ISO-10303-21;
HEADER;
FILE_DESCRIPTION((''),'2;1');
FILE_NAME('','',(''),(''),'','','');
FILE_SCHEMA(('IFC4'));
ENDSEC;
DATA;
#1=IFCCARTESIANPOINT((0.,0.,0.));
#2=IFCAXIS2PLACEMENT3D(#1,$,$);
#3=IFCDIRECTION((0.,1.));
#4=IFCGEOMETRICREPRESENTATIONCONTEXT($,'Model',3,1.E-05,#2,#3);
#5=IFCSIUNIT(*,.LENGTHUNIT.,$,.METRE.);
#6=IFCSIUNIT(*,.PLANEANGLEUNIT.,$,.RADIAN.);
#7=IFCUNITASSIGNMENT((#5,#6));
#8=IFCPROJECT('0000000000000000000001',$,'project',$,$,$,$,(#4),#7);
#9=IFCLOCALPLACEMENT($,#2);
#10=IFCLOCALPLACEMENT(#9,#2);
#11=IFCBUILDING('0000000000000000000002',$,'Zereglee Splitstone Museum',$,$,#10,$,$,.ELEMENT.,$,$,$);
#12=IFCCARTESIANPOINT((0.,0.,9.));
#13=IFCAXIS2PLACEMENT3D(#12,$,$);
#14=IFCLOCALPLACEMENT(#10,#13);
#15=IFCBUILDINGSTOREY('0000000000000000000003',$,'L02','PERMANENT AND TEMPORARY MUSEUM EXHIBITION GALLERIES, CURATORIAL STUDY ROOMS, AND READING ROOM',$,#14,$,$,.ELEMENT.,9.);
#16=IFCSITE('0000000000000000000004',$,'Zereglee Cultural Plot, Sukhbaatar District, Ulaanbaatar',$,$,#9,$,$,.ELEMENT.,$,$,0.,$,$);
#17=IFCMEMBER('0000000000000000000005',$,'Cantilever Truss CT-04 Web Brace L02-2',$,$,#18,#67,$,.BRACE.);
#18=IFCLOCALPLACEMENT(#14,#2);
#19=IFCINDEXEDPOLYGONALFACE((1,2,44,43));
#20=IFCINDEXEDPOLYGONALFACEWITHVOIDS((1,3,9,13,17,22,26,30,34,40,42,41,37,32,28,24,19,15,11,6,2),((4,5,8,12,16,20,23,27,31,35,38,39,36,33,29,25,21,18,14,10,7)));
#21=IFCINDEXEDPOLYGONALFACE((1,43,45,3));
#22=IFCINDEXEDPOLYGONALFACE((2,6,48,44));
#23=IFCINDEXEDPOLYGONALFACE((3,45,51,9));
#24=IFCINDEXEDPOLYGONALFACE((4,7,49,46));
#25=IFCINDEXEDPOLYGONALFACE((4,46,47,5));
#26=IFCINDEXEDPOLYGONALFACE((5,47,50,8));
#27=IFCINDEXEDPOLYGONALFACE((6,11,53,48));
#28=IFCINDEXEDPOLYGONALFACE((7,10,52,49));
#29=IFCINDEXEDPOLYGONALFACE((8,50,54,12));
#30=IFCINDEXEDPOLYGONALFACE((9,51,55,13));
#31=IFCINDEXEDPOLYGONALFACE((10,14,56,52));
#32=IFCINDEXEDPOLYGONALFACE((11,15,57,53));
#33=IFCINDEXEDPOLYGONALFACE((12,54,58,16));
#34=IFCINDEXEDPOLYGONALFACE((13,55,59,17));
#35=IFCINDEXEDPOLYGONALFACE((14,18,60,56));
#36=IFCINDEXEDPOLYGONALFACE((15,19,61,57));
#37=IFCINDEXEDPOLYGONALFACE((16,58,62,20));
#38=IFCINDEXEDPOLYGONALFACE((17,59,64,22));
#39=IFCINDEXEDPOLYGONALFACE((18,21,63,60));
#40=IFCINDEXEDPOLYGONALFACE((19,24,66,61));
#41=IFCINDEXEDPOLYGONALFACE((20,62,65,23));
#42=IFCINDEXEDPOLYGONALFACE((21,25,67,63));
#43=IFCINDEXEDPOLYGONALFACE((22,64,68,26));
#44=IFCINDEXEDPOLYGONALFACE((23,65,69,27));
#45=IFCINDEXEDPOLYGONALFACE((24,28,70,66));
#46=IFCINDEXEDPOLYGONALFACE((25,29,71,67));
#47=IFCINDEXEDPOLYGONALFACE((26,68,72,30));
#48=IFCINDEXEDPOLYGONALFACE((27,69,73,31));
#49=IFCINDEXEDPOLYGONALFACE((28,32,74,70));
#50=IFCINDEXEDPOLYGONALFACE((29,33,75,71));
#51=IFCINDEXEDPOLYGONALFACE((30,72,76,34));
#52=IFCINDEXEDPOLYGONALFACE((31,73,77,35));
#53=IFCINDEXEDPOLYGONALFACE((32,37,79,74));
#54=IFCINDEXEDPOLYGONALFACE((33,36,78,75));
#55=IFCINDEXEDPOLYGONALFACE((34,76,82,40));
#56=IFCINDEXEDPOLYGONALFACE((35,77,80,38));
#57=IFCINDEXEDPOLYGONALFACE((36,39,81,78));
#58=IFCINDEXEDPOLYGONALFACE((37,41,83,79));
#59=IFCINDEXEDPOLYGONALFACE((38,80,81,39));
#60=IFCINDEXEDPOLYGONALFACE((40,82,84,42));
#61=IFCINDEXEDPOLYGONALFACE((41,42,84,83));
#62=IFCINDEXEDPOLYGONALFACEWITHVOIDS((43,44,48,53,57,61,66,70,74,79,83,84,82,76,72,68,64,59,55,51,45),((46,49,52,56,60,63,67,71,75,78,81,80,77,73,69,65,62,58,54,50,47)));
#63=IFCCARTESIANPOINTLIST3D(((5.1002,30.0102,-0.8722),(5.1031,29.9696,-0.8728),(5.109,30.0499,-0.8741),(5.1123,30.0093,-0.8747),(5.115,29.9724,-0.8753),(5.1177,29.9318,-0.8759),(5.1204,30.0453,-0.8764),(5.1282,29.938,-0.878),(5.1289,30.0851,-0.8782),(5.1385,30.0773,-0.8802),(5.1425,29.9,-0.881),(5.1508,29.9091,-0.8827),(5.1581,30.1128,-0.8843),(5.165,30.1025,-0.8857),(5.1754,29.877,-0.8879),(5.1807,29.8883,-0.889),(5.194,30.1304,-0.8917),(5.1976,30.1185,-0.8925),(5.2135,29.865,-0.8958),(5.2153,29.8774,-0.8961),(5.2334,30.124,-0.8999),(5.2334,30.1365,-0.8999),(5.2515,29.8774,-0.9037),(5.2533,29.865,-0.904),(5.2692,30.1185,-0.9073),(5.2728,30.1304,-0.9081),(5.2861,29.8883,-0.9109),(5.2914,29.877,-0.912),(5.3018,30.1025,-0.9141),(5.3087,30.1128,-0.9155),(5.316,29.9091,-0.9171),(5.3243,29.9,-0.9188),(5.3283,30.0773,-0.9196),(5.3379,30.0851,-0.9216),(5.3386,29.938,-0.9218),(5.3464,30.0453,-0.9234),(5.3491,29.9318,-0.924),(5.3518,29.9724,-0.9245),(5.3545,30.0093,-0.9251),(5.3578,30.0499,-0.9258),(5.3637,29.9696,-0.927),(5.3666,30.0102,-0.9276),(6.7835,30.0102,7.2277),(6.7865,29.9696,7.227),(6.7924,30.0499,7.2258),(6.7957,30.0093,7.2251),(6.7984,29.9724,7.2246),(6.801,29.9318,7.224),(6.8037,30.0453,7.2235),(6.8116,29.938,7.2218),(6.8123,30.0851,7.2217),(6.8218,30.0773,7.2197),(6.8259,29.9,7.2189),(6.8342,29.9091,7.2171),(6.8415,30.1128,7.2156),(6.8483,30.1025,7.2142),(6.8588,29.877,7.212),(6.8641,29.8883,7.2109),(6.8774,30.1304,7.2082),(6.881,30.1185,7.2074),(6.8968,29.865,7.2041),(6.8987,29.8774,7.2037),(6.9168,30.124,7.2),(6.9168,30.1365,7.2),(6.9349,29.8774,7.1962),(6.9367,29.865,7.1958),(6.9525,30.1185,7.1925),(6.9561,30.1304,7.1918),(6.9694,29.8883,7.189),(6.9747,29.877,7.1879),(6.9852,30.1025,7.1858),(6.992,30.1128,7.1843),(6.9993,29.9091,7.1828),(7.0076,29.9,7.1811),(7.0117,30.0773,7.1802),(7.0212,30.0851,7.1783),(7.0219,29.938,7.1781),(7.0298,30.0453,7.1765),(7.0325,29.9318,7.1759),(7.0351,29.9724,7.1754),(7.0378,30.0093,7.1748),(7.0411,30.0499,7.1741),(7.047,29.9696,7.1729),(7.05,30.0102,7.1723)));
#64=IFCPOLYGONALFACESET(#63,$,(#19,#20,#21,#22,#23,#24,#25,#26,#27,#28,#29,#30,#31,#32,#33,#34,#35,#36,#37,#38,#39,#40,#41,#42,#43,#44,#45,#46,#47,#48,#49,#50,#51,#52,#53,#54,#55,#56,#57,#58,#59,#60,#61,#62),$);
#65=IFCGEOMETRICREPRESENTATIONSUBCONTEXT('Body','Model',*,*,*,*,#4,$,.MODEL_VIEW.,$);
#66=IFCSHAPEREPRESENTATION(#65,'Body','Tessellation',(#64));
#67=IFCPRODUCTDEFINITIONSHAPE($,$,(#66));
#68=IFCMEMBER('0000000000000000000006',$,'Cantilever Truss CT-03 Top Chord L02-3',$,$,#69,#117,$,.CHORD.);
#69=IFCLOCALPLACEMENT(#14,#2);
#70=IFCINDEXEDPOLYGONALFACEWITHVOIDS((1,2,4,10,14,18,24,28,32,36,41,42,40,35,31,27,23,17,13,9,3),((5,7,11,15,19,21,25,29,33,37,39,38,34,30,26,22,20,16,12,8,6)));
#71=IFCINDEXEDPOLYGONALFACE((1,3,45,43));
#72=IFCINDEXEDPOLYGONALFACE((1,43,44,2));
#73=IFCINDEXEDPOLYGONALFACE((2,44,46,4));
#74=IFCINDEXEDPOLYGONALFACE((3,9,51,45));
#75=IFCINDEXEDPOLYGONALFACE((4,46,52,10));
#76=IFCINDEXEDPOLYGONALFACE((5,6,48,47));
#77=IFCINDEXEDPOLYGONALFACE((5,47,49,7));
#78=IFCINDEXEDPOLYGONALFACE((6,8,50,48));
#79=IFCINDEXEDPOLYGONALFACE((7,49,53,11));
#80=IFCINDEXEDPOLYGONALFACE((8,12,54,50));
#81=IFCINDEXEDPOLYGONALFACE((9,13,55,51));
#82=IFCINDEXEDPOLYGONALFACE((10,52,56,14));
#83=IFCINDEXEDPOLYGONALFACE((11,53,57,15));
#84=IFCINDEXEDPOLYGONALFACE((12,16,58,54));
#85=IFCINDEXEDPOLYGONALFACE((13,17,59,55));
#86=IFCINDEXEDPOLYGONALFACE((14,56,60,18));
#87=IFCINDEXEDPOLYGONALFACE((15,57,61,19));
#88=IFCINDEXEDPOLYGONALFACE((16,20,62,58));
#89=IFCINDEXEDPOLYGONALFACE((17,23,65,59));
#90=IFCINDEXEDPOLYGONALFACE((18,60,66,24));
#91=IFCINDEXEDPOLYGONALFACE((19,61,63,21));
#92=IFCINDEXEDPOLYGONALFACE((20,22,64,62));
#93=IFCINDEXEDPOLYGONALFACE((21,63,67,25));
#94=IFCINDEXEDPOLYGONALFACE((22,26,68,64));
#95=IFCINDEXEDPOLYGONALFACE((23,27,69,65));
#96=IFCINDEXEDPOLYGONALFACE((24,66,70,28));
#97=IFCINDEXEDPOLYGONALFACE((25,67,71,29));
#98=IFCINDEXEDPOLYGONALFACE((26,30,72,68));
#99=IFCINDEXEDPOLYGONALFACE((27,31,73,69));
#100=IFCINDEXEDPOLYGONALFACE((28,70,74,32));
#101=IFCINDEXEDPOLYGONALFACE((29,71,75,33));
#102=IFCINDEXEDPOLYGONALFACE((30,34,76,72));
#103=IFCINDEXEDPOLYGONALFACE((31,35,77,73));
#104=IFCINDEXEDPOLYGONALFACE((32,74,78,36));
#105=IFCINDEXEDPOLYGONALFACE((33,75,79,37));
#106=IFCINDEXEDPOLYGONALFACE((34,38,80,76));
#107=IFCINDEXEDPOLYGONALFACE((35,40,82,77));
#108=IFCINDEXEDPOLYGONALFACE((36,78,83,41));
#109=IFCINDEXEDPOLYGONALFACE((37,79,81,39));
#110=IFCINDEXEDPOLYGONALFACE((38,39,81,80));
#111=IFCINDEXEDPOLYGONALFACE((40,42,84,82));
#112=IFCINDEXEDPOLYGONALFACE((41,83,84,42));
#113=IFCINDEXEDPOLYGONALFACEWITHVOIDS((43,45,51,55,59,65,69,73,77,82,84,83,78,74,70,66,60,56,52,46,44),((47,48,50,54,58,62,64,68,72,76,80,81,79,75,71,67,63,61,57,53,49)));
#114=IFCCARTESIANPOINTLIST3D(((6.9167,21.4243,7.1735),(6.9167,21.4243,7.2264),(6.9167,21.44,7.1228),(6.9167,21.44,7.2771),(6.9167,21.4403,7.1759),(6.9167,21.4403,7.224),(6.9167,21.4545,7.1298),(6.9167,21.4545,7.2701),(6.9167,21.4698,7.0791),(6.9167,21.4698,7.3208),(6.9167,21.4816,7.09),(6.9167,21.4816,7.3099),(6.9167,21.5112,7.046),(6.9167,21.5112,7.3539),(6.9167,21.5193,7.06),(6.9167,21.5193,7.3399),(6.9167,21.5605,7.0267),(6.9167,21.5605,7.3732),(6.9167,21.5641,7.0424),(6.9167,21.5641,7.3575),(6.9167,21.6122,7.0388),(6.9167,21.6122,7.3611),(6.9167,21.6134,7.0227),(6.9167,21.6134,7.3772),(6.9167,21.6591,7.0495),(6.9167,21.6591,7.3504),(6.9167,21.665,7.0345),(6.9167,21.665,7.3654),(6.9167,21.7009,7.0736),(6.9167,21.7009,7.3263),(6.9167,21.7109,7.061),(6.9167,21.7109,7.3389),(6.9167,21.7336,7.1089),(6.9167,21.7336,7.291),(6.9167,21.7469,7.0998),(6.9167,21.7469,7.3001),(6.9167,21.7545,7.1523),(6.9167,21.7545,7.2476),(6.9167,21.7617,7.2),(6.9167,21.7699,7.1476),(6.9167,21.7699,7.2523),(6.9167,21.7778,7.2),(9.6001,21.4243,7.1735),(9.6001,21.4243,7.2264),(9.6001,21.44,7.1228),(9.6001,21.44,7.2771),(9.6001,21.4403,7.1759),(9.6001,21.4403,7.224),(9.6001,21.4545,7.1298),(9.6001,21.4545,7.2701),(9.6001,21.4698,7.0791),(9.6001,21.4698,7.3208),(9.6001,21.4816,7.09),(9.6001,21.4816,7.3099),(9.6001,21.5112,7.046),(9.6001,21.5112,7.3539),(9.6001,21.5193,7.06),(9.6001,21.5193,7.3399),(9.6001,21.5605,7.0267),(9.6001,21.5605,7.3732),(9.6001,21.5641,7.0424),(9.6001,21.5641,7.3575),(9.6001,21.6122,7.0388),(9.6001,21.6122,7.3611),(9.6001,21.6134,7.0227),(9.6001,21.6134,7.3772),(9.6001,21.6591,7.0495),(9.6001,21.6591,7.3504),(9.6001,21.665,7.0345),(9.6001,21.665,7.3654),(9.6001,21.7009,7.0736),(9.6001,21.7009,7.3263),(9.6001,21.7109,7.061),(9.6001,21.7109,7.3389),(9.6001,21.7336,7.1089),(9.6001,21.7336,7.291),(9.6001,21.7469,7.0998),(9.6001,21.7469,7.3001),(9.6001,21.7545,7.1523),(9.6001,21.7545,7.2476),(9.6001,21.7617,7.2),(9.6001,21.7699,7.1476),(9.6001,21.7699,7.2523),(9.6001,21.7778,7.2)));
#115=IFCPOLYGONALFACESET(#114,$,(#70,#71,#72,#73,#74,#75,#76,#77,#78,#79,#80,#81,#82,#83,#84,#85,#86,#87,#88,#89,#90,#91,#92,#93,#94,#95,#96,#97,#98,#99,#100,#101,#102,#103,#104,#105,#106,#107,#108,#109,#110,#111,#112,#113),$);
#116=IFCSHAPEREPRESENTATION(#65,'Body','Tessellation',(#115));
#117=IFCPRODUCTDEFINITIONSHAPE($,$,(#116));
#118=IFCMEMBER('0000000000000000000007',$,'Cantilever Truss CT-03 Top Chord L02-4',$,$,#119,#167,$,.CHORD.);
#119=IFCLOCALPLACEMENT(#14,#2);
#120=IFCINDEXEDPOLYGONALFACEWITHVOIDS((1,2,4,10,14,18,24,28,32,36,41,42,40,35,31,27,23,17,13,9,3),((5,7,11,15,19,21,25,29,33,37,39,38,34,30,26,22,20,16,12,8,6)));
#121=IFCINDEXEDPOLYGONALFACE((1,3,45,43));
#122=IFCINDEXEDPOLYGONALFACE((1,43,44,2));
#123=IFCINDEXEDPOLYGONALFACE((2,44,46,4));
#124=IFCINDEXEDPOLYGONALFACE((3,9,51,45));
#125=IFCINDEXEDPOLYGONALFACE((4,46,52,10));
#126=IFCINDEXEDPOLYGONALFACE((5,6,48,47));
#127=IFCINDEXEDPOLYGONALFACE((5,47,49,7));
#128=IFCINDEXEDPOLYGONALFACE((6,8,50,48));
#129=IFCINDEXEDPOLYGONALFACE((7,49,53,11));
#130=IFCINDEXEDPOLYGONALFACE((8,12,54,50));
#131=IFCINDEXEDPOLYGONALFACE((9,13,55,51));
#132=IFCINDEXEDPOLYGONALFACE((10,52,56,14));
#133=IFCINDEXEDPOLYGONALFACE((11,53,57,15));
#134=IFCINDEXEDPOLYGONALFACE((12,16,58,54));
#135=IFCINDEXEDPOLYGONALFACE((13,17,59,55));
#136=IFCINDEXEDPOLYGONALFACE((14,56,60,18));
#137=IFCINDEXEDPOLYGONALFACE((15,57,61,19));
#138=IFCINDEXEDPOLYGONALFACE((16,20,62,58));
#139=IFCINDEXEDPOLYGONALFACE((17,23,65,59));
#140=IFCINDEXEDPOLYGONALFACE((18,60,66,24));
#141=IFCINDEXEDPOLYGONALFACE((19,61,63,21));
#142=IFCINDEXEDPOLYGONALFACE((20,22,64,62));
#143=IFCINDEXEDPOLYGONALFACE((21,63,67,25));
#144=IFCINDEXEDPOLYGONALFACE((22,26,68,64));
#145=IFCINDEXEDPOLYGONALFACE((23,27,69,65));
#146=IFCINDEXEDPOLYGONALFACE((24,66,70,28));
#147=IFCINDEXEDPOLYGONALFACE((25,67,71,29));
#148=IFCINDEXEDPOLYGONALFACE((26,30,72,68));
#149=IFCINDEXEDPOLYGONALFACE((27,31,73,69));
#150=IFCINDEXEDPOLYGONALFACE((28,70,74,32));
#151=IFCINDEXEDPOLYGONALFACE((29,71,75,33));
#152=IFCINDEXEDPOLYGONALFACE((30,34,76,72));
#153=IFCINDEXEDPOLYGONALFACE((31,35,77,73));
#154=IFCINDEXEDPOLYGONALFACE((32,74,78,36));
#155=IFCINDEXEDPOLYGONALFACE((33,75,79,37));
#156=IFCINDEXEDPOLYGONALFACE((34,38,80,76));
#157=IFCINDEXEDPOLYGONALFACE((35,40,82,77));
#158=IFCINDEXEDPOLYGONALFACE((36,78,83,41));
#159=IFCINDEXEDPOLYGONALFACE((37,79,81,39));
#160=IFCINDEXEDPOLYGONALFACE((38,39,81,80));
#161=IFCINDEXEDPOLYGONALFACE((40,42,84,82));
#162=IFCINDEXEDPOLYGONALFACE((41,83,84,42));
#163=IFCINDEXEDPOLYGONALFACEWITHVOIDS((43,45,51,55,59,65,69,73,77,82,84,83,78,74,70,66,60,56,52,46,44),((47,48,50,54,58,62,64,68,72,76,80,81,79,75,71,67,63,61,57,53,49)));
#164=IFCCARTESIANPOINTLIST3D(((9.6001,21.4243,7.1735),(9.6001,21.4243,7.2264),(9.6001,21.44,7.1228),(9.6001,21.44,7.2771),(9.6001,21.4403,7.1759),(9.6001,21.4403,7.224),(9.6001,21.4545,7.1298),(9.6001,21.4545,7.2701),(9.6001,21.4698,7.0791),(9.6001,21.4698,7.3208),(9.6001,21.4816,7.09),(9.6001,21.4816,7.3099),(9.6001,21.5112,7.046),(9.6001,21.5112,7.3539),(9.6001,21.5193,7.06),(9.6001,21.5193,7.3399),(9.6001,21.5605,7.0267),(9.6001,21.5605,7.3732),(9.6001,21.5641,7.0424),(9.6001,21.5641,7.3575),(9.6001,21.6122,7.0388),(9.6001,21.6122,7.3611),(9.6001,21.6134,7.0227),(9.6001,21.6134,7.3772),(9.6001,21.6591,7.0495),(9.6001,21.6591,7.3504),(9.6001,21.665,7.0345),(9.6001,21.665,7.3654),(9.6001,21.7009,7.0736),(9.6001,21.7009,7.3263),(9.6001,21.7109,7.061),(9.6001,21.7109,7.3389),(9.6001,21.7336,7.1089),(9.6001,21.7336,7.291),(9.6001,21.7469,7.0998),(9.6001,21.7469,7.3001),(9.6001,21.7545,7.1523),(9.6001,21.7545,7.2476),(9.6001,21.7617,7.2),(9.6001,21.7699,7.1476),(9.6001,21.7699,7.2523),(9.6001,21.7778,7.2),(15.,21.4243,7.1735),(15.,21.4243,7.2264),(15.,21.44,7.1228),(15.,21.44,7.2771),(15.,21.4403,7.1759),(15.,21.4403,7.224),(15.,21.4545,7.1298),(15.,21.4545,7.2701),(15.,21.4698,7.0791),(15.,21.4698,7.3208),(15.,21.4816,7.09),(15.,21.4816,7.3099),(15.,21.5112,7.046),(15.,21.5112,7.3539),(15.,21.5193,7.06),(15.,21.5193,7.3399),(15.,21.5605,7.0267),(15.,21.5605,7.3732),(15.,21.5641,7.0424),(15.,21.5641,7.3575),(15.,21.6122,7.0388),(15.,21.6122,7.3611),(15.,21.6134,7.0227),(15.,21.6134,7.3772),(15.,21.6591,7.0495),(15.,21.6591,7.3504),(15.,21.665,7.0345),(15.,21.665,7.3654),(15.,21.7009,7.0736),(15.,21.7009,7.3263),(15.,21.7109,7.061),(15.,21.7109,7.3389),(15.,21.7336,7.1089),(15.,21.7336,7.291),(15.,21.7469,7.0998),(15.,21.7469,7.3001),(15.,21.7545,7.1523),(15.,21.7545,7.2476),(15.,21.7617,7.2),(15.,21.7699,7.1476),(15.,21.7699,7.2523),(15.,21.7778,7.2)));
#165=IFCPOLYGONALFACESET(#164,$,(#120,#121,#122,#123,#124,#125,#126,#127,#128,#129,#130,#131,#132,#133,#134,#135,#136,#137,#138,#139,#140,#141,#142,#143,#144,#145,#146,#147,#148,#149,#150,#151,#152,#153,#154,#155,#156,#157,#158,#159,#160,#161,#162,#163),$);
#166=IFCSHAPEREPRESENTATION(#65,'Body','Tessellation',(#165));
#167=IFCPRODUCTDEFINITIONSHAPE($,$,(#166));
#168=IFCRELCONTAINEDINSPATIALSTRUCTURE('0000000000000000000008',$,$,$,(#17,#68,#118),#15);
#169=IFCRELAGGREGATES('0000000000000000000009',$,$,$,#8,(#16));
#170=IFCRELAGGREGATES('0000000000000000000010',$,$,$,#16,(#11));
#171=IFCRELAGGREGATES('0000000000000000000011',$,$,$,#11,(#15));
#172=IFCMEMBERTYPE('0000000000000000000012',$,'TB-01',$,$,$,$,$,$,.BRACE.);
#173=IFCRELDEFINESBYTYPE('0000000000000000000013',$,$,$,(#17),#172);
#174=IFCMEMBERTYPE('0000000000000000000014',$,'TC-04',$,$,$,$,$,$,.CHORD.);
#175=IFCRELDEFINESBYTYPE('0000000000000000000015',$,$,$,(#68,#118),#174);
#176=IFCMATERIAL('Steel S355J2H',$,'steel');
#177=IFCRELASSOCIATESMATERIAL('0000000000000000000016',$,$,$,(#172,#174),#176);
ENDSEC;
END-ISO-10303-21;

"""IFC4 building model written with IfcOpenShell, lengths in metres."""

from ifc_helpers import new_model, si_unit, direction, frame, origin, origin_2d, place, context, subcontext, project, spatial, hollow_circle, extrude, material, material_profile, profile_set, type_object, element, save


model = new_model("IFC4")

# Units and contexts
model_context = context("Model", 3, precision=1e-05, world=origin(), true_north=direction((0.0, 1.0)))
body_context = subcontext(model_context, "Body", "Model", "MODEL_VIEW")
ifc_project = project(units=[si_unit("LENGTHUNIT", "METRE"), si_unit("PLANEANGLEUNIT", "RADIAN")], contexts=[model_context])

# Site, building, storey
site_placement = place(None, origin())
site = spatial("IfcSite", under=ifc_project, at=site_placement, Name="Zereglee Cultural Plot, Sukhbaatar District, Ulaanbaatar", CompositionType="ELEMENT", RefElevation=0.0)
building_placement = place(site_placement, origin())
building = spatial("IfcBuilding", under=site, at=building_placement, Name="Zereglee Splitstone Museum", CompositionType="ELEMENT")
storey_placement = place(building_placement, frame((0.0, 0.0, 9.0)))
storey = spatial("IfcBuildingStorey", under=building, at=storey_placement, Name="L02", Description="PERMANENT AND TEMPORARY MUSEUM EXHIBITION GALLERIES, CURATORIAL STUDY ROOMS, AND READING ROOM", CompositionType="ELEMENT", Elevation=9.0)

# Members
ifc_material_1 = material(Name="Steel S355J2H", Category="steel")
ifc_material_profile_1 = material_profile(ifc_material_1, hollow_circle(Radius=0.1365, WallThickness=0.0125, at=origin_2d()), Name="CHS 273.0x12.5")
ifc_profile_set_1 = profile_set([ifc_material_profile_1], Name="Steel S355J2H")
member_type_1 = type_object("IfcMemberType", Name="TB-01", PredefinedType="BRACE", material=ifc_profile_set_1)
member_1_placement = place(storey_placement, frame((5.2334, 30.0, -0.8999), z_axis=(0.203477, 0.0, 0.97908), x_axis=(0.0, 1.0, 0.0)))
element("IfcMember", 1, at=member_1_placement, inside=storey, type_object=member_type_1, Name="Cantilever Truss CT-04 Web Brace L02-2", PredefinedType="BRACE", context=body_context, shape_type="SweptSolid", body=[
    extrude(hollow_circle(Radius=0.1365, WallThickness=0.0125, at=origin_2d()), origin(), (0.0, 0.0, 1.0), 8.2729),
])
ifc_material_profile_2 = material_profile(ifc_material_1, hollow_circle(Radius=0.1777, WallThickness=0.0161, at=origin_2d()), Name="CHS 355.6x16")
ifc_profile_set_2 = profile_set([ifc_material_profile_2], Name="Steel S355J2H")
member_type_2 = type_object("IfcMemberType", Name="TC-04", PredefinedType="CHORD", material=ifc_profile_set_2)
member_2_placement = place(storey_placement, frame((6.9167, 21.6001, 7.2), z_axis=(1.0, 0.0, 0.0), x_axis=(0.0, 1.0, 0.0)))
element("IfcMember", 2, at=member_2_placement, inside=storey, type_object=member_type_2, Name="Cantilever Truss CT-03 Top Chord L02-3", PredefinedType="CHORD", context=body_context, shape_type="SweptSolid", body=[
    extrude(hollow_circle(Radius=0.1777, WallThickness=0.0161, at=origin_2d()), origin(), (0.0, 0.0, 1.0), 2.6833),
])
for number, where, z_axis, x_axis, name in (
    (3, (9.6001, 21.6001, 7.2), (1.0, 0.0, 0.0), (0.0, 1.0, 0.0), "Cantilever Truss CT-03 Top Chord L02-4"),
):
    element("IfcMember", number, at=place(storey_placement, frame(where, z_axis=z_axis, x_axis=x_axis)), inside=storey, type_object=member_type_2, Name=name, PredefinedType="CHORD", context=body_context, shape_type="SweptSolid", body=[
        extrude(hollow_circle(Radius=0.1777, WallThickness=0.0161, at=origin_2d()), origin(), (0.0, 0.0, 1.0), 5.3999),
    ])

save(model, "model.ifc")
